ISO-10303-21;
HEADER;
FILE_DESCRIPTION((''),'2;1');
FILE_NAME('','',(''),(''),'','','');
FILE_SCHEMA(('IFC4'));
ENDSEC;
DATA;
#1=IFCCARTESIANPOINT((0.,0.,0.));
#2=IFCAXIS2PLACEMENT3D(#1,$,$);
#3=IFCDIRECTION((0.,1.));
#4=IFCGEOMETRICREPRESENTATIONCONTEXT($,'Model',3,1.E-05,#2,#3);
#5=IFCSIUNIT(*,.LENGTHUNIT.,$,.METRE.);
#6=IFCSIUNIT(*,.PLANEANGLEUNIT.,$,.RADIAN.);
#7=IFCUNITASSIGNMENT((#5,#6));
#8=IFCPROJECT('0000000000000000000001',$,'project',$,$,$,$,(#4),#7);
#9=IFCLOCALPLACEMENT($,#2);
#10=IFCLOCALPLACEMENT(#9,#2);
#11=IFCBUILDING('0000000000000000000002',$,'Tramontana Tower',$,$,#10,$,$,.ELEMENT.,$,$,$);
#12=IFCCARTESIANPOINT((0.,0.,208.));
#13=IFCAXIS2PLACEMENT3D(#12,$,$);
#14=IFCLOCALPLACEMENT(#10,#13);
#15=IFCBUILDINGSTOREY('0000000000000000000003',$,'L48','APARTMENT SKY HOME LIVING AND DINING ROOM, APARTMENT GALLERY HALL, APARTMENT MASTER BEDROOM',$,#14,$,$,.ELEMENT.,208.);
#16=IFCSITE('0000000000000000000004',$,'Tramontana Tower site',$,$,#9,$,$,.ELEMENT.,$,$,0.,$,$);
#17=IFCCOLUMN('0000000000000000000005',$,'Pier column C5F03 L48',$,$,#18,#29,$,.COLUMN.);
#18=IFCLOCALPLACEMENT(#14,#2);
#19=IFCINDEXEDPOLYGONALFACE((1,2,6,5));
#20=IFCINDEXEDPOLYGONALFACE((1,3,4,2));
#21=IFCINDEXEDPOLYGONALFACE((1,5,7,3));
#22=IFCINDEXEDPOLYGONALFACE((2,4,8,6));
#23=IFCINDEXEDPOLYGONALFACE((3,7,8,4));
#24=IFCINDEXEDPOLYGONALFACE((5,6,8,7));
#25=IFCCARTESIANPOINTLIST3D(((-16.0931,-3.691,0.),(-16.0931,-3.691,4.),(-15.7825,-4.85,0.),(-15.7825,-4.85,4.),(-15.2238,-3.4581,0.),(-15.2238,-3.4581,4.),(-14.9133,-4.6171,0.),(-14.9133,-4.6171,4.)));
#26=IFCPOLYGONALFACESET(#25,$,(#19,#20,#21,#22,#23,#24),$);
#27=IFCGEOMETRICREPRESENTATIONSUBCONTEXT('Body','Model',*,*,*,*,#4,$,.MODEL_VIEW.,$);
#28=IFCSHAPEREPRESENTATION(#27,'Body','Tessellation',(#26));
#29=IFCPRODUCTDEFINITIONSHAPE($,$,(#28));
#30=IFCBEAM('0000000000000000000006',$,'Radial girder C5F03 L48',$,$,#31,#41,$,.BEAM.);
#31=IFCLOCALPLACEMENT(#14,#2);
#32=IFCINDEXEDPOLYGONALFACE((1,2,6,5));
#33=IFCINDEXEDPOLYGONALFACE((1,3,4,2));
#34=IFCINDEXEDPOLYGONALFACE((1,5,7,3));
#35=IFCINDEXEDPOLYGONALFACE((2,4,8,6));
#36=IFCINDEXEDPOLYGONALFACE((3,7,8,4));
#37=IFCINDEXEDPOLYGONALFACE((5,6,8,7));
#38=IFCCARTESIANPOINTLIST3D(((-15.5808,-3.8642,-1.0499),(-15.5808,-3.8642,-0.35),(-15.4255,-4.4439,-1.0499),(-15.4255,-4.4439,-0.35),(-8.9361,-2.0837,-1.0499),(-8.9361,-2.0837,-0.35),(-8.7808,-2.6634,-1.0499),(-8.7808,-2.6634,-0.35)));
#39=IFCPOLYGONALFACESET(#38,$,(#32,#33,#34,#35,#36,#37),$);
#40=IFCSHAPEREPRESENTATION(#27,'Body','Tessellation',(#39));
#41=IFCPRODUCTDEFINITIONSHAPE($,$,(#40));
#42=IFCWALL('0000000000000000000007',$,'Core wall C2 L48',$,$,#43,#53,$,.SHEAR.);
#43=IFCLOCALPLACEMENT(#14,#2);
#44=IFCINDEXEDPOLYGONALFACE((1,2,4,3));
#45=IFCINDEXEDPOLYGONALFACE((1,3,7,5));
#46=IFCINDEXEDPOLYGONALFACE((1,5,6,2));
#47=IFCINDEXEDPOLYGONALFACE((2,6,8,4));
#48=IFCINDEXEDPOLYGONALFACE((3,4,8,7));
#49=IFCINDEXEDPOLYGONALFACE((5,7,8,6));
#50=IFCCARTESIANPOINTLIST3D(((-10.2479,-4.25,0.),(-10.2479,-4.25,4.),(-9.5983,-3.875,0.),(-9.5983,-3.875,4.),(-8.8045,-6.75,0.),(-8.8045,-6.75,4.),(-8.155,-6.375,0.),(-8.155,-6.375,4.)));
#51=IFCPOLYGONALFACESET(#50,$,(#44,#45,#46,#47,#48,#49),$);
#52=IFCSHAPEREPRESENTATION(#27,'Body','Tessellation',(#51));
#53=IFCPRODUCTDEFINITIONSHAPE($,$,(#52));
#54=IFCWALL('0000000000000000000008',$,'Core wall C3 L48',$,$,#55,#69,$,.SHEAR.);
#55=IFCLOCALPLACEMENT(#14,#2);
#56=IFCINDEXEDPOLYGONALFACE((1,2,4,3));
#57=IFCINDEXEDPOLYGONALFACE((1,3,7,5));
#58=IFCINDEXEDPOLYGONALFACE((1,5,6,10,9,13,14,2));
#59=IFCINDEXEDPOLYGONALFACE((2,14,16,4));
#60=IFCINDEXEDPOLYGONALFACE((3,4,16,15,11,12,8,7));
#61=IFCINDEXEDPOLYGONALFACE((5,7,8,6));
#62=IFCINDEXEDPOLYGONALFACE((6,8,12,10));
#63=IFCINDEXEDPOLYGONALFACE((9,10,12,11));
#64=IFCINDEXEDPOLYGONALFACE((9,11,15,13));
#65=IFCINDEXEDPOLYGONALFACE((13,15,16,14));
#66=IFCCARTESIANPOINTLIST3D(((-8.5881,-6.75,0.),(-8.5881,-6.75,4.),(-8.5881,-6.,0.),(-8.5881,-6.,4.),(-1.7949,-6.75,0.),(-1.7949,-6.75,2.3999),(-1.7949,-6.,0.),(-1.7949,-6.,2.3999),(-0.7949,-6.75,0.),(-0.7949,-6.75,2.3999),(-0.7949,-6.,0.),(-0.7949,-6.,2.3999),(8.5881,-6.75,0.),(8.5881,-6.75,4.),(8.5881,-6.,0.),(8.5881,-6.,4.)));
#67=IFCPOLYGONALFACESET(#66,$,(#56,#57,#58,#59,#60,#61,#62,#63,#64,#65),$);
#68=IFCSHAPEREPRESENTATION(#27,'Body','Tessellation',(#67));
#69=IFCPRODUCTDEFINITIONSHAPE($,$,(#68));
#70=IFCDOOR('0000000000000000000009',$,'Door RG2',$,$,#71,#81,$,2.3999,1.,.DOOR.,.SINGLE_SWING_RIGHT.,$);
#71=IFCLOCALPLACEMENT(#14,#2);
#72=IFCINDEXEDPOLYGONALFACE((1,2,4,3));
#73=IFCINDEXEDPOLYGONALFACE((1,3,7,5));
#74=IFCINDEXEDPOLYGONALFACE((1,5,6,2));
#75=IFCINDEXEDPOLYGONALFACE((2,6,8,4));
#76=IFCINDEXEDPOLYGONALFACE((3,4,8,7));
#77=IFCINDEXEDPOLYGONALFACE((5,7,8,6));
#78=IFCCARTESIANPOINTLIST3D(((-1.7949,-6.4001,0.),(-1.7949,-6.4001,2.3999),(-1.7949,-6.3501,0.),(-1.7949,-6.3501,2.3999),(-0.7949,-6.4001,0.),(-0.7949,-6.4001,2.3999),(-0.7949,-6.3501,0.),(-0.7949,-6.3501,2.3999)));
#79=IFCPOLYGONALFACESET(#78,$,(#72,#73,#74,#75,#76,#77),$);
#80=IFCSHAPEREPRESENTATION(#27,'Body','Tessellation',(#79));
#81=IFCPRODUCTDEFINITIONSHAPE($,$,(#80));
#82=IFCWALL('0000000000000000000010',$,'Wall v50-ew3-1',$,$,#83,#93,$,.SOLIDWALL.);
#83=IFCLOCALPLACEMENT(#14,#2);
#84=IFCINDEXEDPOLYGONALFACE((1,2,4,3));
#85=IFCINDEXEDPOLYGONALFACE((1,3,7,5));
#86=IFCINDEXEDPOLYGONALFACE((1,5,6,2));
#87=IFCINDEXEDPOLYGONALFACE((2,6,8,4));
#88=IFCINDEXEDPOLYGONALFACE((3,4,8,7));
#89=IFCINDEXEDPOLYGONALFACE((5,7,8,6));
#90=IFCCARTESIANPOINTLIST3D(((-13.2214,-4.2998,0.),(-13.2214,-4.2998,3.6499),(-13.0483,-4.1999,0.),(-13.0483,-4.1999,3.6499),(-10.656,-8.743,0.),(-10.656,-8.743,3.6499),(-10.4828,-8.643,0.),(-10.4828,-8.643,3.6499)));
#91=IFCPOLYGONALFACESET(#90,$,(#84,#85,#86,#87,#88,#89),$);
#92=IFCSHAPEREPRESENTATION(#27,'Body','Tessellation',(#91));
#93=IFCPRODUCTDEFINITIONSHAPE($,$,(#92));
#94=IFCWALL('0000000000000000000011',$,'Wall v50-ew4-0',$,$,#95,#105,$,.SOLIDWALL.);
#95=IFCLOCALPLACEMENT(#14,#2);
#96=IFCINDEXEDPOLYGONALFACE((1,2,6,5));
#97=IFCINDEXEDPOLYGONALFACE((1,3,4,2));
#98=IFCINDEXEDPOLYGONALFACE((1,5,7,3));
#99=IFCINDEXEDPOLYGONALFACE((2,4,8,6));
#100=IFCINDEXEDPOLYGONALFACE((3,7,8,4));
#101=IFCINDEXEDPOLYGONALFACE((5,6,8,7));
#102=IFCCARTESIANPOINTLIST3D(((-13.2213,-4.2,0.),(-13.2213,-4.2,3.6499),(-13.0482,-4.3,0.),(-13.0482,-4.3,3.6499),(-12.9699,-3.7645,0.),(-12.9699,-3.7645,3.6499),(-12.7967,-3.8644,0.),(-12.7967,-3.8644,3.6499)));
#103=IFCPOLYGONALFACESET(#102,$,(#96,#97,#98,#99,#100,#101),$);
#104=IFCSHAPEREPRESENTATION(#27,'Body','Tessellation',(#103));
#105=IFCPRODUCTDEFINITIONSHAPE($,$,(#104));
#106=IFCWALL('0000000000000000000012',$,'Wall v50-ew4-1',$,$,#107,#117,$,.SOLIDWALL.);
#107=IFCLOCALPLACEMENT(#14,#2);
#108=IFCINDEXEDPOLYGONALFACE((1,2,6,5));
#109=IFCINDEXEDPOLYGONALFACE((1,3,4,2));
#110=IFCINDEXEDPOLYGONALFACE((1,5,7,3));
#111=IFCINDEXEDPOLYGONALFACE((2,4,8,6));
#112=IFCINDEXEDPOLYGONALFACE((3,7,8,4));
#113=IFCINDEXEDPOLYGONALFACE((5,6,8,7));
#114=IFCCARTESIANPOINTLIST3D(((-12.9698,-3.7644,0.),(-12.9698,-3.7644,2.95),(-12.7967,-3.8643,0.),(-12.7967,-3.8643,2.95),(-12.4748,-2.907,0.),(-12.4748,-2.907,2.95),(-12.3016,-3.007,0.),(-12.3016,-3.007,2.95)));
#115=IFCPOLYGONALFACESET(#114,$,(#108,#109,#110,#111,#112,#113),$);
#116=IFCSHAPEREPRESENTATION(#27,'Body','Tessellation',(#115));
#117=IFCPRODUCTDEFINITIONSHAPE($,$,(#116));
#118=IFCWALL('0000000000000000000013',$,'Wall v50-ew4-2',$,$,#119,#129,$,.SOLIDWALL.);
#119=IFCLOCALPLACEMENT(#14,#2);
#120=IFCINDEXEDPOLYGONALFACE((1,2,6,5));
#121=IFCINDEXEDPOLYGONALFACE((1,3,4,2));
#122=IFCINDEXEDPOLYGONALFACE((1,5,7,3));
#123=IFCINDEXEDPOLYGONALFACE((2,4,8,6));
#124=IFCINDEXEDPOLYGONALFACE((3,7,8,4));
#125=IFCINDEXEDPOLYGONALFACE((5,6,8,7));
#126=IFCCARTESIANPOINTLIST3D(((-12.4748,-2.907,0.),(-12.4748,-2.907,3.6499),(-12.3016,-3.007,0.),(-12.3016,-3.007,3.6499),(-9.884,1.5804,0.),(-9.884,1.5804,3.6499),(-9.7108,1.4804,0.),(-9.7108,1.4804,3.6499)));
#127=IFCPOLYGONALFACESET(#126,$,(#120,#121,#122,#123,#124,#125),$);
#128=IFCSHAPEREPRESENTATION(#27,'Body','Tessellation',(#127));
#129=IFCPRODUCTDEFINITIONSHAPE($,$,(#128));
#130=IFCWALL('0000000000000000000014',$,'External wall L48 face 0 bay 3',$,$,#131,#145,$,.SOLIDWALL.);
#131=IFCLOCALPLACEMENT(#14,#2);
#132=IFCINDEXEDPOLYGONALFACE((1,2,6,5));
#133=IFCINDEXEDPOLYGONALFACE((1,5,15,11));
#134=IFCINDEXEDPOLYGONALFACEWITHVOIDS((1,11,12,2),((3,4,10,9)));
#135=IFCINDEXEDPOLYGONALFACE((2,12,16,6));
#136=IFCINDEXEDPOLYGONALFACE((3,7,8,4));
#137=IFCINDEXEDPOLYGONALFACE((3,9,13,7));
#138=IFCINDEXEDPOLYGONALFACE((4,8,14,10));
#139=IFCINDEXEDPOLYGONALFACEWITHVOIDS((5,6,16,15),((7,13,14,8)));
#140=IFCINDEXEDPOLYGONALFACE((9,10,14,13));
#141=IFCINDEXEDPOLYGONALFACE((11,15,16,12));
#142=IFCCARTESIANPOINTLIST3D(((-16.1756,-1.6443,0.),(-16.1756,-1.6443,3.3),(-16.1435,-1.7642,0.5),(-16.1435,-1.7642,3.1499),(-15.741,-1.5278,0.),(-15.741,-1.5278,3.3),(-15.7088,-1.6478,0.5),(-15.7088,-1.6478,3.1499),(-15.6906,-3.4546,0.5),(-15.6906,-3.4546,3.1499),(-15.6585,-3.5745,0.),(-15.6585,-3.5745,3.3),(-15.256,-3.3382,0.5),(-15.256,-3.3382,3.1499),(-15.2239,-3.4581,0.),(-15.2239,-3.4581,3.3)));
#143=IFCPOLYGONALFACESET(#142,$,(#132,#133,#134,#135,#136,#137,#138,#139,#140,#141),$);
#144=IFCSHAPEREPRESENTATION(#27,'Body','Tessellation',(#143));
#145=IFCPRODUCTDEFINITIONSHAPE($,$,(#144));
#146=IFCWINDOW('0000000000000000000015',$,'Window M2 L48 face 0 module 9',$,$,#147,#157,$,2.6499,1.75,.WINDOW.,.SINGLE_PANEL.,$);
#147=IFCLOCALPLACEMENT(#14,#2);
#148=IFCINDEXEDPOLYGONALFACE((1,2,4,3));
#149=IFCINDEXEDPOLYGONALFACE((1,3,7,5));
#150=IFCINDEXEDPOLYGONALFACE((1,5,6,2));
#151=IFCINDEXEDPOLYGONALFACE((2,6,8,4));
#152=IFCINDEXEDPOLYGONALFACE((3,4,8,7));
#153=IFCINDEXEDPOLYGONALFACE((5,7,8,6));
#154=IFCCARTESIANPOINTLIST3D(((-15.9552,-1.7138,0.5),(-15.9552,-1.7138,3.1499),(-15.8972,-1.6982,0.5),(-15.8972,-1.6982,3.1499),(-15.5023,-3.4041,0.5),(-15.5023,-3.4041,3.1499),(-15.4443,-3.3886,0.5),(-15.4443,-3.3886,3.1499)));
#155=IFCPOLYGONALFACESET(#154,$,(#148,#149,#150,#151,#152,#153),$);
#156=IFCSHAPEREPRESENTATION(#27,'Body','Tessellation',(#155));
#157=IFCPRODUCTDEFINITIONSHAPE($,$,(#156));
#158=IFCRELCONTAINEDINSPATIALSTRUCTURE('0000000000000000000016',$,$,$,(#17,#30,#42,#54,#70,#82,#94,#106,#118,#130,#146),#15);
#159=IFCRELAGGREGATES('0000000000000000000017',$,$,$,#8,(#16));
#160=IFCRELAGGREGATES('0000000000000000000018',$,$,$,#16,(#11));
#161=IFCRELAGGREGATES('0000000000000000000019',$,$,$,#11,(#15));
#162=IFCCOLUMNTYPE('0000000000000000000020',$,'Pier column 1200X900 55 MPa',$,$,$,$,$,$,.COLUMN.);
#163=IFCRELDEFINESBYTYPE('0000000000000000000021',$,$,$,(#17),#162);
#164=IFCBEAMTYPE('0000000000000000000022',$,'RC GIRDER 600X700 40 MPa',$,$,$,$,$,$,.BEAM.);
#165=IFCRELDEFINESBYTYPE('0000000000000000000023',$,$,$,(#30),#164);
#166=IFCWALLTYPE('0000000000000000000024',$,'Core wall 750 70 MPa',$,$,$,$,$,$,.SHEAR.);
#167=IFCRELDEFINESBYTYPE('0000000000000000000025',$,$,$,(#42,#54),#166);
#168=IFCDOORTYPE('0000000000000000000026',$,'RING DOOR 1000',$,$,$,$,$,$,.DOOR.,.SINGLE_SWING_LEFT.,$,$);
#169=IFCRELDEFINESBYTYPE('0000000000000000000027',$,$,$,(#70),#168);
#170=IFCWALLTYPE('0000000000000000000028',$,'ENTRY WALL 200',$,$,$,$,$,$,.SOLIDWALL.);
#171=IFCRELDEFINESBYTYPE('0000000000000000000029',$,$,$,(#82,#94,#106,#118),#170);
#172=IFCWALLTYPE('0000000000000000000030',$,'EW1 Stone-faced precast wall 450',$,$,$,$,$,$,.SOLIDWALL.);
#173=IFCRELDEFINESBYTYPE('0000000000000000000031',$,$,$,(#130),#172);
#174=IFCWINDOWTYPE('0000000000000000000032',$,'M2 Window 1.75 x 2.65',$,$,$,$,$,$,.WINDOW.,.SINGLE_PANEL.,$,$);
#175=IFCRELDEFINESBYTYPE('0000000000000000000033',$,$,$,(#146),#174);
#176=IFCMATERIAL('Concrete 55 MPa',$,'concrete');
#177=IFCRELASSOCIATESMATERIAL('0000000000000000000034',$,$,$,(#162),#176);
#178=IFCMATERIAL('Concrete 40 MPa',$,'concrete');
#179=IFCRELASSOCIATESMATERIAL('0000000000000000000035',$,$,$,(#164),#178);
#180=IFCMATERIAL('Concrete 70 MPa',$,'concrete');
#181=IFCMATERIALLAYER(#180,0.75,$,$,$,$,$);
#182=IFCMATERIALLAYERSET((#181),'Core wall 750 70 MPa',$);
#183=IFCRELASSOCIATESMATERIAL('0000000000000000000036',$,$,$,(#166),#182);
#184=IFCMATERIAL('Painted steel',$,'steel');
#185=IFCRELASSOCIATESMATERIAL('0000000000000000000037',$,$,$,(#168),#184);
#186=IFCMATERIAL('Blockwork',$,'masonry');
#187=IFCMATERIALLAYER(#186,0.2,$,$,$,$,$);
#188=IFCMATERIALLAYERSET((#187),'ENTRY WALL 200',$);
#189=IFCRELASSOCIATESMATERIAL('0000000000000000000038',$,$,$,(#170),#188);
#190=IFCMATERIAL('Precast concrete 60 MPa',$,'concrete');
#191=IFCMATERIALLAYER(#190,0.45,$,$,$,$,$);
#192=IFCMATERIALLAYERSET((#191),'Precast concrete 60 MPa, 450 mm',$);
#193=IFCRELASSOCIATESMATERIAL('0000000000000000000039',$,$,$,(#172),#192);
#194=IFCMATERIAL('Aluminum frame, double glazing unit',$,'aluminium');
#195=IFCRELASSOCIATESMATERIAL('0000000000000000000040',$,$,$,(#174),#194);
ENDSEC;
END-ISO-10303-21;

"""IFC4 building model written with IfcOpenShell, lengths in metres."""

from ifc_helpers import new_model, si_unit, direction, frame, frame_2d, origin, origin_2d, place, context, subcontext, project, spatial, rectangle, extrude, material, layer, layer_set, material_profile, profile_set, type_object, element, fill, save


model = new_model("IFC4")

# Units and contexts
model_context = context("Model", 3, precision=1e-05, world=origin(), true_north=direction((0.0, 1.0)))
body_context = subcontext(model_context, "Body", "Model", "MODEL_VIEW")
ifc_project = project(units=[si_unit("LENGTHUNIT", "METRE"), si_unit("PLANEANGLEUNIT", "RADIAN")], contexts=[model_context])

# Site, building, storey
site_placement = place(None, origin())
site = spatial("IfcSite", under=ifc_project, at=site_placement, Name="Tramontana Tower site", CompositionType="ELEMENT", RefElevation=0.0)
building_placement = place(site_placement, origin())
building = spatial("IfcBuilding", under=site, at=building_placement, Name="Tramontana Tower", CompositionType="ELEMENT")
storey_placement = place(building_placement, frame((0.0, 0.0, 208.0)))
storey = spatial("IfcBuildingStorey", under=building, at=storey_placement, Name="L48", Description="APARTMENT SKY HOME LIVING AND DINING ROOM, APARTMENT GALLERY HALL, APARTMENT MASTER BEDROOM", CompositionType="ELEMENT", Elevation=208.0)

# Column
ifc_material_1 = material(Name="Concrete 55 MPa", Category="concrete")
ifc_material_profile_1 = material_profile(ifc_material_1, rectangle(XDim=1.2, YDim=0.8999, at=origin_2d()), Name="Pier column 1200X900 55 MPa")
ifc_profile_set_1 = profile_set([ifc_material_profile_1], Name="Concrete 55 MPa")
column_type = type_object("IfcColumnType", Name="Pier column 1200X900 55 MPa", PredefinedType="COLUMN", material=ifc_profile_set_1)
column_placement = place(storey_placement, frame((-15.5032, -4.1541, 0.0), z_axis=(0.0, 0.0, 1.0), x_axis=(0.258819, -0.965926, 0.0)))
element("IfcColumn", 1, at=column_placement, inside=storey, type_object=column_type, Name="Pier column C5F03 L48", PredefinedType="COLUMN", context=body_context, shape_type="SweptSolid", body=[
    extrude(rectangle(XDim=1.2, YDim=0.8999, at=origin_2d()), origin(), (0.0, 0.0, 1.0), 4.0),
])

# Beam
ifc_material_2 = material(Name="Concrete 40 MPa", Category="concrete")
ifc_material_profile_2 = material_profile(ifc_material_2, rectangle(XDim=0.6001, YDim=0.7, at=origin_2d()), Name="RC GIRDER 600X700 40 MPa")
ifc_profile_set_2 = profile_set([ifc_material_profile_2], Name="Concrete 40 MPa")
beam_type = type_object("IfcBeamType", Name="RC GIRDER 600X700 40 MPa", PredefinedType="BEAM", material=ifc_profile_set_2)
beam_placement = place(storey_placement, frame((-15.5032, -4.1541, -0.7), z_axis=(0.965924, 0.258827, 0.0), x_axis=(-0.258827, 0.965924, 0.0)))
element("IfcBeam", 2, at=beam_placement, inside=storey, type_object=beam_type, Name="Radial girder C5F03 L48", PredefinedType="BEAM", context=body_context, shape_type="SweptSolid", body=[
    extrude(rectangle(XDim=0.6001, YDim=0.7, at=origin_2d()), origin(), (0.0, 0.0, 1.0), 6.8792),
])

# Wall
ifc_material_3 = material(Name="Concrete 70 MPa", Category="concrete")
ifc_layer_1 = layer(ifc_material_3, 0.75)
ifc_layer_set_1 = layer_set([ifc_layer_1], Name="Core wall 750 70 MPa")
wall_type_1 = type_object("IfcWallType", Name="Core wall 750 70 MPa", PredefinedType="SHEAR", material=ifc_layer_set_1)
wall_1_placement = place(storey_placement, frame((-9.9231, -4.0625, 0.0), z_axis=(0.0, 0.0, 1.0), x_axis=(0.499996, -0.866028, 0.0)))
element("IfcWall", 3, at=wall_1_placement, inside=storey, type_object=wall_type_1, Name="Core wall C2 L48", PredefinedType="SHEAR", context=body_context, shape_type="SweptSolid", body=[
    extrude(rectangle(XDim=2.8867, YDim=0.75, at=frame_2d((1.4434, 0.0))), origin(), (0.0, 0.0, 1.0), 4.0),
])

# Wall, opening, door
wall_2_placement = place(storey_placement, frame((-8.5881, -6.375, 0.0), z_axis=(0.0, 0.0, 1.0), x_axis=(1.0, 0.0, 0.0)))
wall_2 = element("IfcWall", 4, at=wall_2_placement, inside=storey, type_object=wall_type_1, Name="Core wall C3 L48", PredefinedType="SHEAR", context=body_context, shape_type="SweptSolid", body=[
    extrude(rectangle(XDim=17.1763, YDim=0.75, at=frame_2d((8.5881, 0.0))), origin(), (0.0, 0.0, 1.0), 4.0),
])
opening_1_placement = place(wall_2_placement, frame((6.7932, 0.0, 0.0)))
opening_1 = element("IfcOpeningElement", 5, at=opening_1_placement, cuts=wall_2, PredefinedType="OPENING", context=body_context, shape_type="SweptSolid", body=[
    extrude(rectangle(XDim=1.0, YDim=2.3999, at=frame_2d((0.5, 1.2))), frame((0.0, 0.385, 0.0), z_axis=(0.0, -1.0, 0.0), x_axis=(1.0, 0.0, 0.0)), (0.0, 0.0, 1.0), 0.77),
])
ifc_material_4 = material(Name="Painted steel", Category="steel")
door_type_1 = type_object("IfcDoorType", Name="RING DOOR 1000", OperationType="SINGLE_SWING_LEFT", PredefinedType="DOOR", material=ifc_material_4)
door_1_placement = place(opening_1_placement, origin())
door_1 = element("IfcDoor", 6, at=door_1_placement, inside=storey, type_object=door_type_1, Name="Door RG2", OperationType="SINGLE_SWING_RIGHT", OverallHeight=2.3999, OverallWidth=1.0, PredefinedType="DOOR", context=body_context, shape_type="SweptSolid", body=[
    extrude(rectangle(XDim=1.0, YDim=2.3999, at=frame_2d((0.5, 1.2))), frame((0.0, 0.0249, 0.0), z_axis=(0.0, -1.0, 0.0), x_axis=(1.0, 0.0, 0.0)), (0.0, 0.0, 1.0), 0.05),
])
fill(opening_1, door_1)

# Walls
ifc_material_5 = material(Name="Blockwork", Category="masonry")
ifc_layer_2 = layer(ifc_material_5, 0.2)
ifc_layer_set_2 = layer_set([ifc_layer_2], Name="ENTRY WALL 200")
wall_type_2 = type_object("IfcWallType", Name="ENTRY WALL 200", PredefinedType="SOLIDWALL", material=ifc_layer_set_2)
wall_3_placement = place(storey_placement, frame((-10.5693, -8.6931, 0.0), z_axis=(0.0, 0.0, 1.0), x_axis=(-0.500029, 0.866009, 0.0)))
element("IfcWall", 7, at=wall_3_placement, inside=storey, type_object=wall_type_2, Name="Wall v50-ew3-1", PredefinedType="SOLIDWALL", context=body_context, shape_type="SweptSolid", body=[
    extrude(rectangle(XDim=5.1306, YDim=0.2, at=frame_2d((2.5654, 0.0))), origin(), (0.0, 0.0, 1.0), 3.6499),
])
wall_4_placement = place(storey_placement, frame((-13.1348, -4.25, 0.0), z_axis=(0.0, 0.0, 1.0), x_axis=(0.500003, 0.866024, 0.0)))
element("IfcWall", 8, at=wall_4_placement, inside=storey, type_object=wall_type_2, Name="Wall v50-ew4-0", PredefinedType="SOLIDWALL", context=body_context, shape_type="SweptSolid", body=[
    extrude(rectangle(XDim=0.5029, YDim=0.2, at=frame_2d((0.2515, 0.0))), origin(), (0.0, 0.0, 1.0), 3.6499),
])
wall_5_placement = place(storey_placement, frame((-12.8833, -3.8145, 0.0), z_axis=(0.0, 0.0, 1.0), x_axis=(0.500064, 0.865988, 0.0)))
element("IfcWall", 9, at=wall_5_placement, inside=storey, type_object=wall_type_2, Name="Wall v50-ew4-1", PredefinedType="SOLIDWALL", context=body_context, shape_type="SweptSolid", body=[
    extrude(rectangle(XDim=0.99, YDim=0.2, at=frame_2d((0.4951, 0.0))), origin(), (0.0, 0.0, 1.0), 2.95),
])
wall_6_placement = place(storey_placement, frame((-12.3882, -2.957, 0.0), z_axis=(0.0, 0.0, 1.0), x_axis=(0.49999, 0.866031, 0.0)))
element("IfcWall", 10, at=wall_6_placement, inside=storey, type_object=wall_type_2, Name="Wall v50-ew4-2", PredefinedType="SOLIDWALL", context=body_context, shape_type="SweptSolid", body=[
    extrude(rectangle(XDim=5.1816, YDim=0.2, at=frame_2d((2.5908, 0.0))), origin(), (0.0, 0.0, 1.0), 3.6499),
])

# Wall, opening, window
ifc_material_6 = material(Name="Precast concrete 60 MPa", Category="concrete")
ifc_layer_3 = layer(ifc_material_6, 0.45)
ifc_layer_set_3 = layer_set([ifc_layer_3], Name="Precast concrete 60 MPa, 450 mm")
wall_type_3 = type_object("IfcWallType", Name="EW1 Stone-faced precast wall 450", PredefinedType="SOLIDWALL", material=ifc_layer_set_3)
wall_7_placement = place(storey_placement, frame((-15.9583, -1.5862, 0.0), z_axis=(0.0, 0.0, 1.0), x_axis=(0.258773, -0.965938, 0.0)))
wall_7 = element("IfcWall", 11, at=wall_7_placement, inside=storey, type_object=wall_type_3, Name="External wall L48 face 0 bay 3", PredefinedType="SOLIDWALL", context=body_context, shape_type="SweptSolid", body=[
    extrude(rectangle(XDim=1.9983, YDim=0.45, at=frame_2d((0.999, 0.0))), origin(), (0.0, 0.0, 1.0), 3.3),
])
opening_2_placement = place(wall_7_placement, frame((0.124, 0.0, 0.5)))
opening_2 = element("IfcOpeningElement", 12, at=opening_2_placement, cuts=wall_7, PredefinedType="OPENING", context=body_context, shape_type="SweptSolid", body=[
    extrude(rectangle(XDim=1.75, YDim=2.6499, at=frame_2d((0.875, 1.325))), frame((0.0, 0.2349, 0.0), z_axis=(0.0, -1.0, 0.0), x_axis=(1.0, 0.0, 0.0)), (0.0, 0.0, 1.0), 0.47),
])
ifc_material_7 = material(Name="Aluminum frame, double glazing unit", Category="aluminium")
window_type = type_object("IfcWindowType", Name="M2 Window 1.75 x 2.65", PartitioningType="SINGLE_PANEL", PredefinedType="WINDOW", material=ifc_material_7)
window_1_placement = place(opening_2_placement, origin())
window_1 = element("IfcWindow", 13, at=window_1_placement, inside=storey, type_object=window_type, Name="Window M2 L48 face 0 module 9", OverallHeight=2.6499, OverallWidth=1.75, PartitioningType="SINGLE_PANEL", PredefinedType="WINDOW", context=body_context, shape_type="SweptSolid", body=[
    extrude(rectangle(XDim=1.75, YDim=2.6499, at=frame_2d((0.875, 1.325))), frame((0.0, 0.03, 0.0), z_axis=(0.0, -1.0, 0.0), x_axis=(1.0, 0.0, 0.0)), (0.0, 0.0, 1.0), 0.0601),
])
fill(opening_2, window_1)

save(model, "model.ifc")
